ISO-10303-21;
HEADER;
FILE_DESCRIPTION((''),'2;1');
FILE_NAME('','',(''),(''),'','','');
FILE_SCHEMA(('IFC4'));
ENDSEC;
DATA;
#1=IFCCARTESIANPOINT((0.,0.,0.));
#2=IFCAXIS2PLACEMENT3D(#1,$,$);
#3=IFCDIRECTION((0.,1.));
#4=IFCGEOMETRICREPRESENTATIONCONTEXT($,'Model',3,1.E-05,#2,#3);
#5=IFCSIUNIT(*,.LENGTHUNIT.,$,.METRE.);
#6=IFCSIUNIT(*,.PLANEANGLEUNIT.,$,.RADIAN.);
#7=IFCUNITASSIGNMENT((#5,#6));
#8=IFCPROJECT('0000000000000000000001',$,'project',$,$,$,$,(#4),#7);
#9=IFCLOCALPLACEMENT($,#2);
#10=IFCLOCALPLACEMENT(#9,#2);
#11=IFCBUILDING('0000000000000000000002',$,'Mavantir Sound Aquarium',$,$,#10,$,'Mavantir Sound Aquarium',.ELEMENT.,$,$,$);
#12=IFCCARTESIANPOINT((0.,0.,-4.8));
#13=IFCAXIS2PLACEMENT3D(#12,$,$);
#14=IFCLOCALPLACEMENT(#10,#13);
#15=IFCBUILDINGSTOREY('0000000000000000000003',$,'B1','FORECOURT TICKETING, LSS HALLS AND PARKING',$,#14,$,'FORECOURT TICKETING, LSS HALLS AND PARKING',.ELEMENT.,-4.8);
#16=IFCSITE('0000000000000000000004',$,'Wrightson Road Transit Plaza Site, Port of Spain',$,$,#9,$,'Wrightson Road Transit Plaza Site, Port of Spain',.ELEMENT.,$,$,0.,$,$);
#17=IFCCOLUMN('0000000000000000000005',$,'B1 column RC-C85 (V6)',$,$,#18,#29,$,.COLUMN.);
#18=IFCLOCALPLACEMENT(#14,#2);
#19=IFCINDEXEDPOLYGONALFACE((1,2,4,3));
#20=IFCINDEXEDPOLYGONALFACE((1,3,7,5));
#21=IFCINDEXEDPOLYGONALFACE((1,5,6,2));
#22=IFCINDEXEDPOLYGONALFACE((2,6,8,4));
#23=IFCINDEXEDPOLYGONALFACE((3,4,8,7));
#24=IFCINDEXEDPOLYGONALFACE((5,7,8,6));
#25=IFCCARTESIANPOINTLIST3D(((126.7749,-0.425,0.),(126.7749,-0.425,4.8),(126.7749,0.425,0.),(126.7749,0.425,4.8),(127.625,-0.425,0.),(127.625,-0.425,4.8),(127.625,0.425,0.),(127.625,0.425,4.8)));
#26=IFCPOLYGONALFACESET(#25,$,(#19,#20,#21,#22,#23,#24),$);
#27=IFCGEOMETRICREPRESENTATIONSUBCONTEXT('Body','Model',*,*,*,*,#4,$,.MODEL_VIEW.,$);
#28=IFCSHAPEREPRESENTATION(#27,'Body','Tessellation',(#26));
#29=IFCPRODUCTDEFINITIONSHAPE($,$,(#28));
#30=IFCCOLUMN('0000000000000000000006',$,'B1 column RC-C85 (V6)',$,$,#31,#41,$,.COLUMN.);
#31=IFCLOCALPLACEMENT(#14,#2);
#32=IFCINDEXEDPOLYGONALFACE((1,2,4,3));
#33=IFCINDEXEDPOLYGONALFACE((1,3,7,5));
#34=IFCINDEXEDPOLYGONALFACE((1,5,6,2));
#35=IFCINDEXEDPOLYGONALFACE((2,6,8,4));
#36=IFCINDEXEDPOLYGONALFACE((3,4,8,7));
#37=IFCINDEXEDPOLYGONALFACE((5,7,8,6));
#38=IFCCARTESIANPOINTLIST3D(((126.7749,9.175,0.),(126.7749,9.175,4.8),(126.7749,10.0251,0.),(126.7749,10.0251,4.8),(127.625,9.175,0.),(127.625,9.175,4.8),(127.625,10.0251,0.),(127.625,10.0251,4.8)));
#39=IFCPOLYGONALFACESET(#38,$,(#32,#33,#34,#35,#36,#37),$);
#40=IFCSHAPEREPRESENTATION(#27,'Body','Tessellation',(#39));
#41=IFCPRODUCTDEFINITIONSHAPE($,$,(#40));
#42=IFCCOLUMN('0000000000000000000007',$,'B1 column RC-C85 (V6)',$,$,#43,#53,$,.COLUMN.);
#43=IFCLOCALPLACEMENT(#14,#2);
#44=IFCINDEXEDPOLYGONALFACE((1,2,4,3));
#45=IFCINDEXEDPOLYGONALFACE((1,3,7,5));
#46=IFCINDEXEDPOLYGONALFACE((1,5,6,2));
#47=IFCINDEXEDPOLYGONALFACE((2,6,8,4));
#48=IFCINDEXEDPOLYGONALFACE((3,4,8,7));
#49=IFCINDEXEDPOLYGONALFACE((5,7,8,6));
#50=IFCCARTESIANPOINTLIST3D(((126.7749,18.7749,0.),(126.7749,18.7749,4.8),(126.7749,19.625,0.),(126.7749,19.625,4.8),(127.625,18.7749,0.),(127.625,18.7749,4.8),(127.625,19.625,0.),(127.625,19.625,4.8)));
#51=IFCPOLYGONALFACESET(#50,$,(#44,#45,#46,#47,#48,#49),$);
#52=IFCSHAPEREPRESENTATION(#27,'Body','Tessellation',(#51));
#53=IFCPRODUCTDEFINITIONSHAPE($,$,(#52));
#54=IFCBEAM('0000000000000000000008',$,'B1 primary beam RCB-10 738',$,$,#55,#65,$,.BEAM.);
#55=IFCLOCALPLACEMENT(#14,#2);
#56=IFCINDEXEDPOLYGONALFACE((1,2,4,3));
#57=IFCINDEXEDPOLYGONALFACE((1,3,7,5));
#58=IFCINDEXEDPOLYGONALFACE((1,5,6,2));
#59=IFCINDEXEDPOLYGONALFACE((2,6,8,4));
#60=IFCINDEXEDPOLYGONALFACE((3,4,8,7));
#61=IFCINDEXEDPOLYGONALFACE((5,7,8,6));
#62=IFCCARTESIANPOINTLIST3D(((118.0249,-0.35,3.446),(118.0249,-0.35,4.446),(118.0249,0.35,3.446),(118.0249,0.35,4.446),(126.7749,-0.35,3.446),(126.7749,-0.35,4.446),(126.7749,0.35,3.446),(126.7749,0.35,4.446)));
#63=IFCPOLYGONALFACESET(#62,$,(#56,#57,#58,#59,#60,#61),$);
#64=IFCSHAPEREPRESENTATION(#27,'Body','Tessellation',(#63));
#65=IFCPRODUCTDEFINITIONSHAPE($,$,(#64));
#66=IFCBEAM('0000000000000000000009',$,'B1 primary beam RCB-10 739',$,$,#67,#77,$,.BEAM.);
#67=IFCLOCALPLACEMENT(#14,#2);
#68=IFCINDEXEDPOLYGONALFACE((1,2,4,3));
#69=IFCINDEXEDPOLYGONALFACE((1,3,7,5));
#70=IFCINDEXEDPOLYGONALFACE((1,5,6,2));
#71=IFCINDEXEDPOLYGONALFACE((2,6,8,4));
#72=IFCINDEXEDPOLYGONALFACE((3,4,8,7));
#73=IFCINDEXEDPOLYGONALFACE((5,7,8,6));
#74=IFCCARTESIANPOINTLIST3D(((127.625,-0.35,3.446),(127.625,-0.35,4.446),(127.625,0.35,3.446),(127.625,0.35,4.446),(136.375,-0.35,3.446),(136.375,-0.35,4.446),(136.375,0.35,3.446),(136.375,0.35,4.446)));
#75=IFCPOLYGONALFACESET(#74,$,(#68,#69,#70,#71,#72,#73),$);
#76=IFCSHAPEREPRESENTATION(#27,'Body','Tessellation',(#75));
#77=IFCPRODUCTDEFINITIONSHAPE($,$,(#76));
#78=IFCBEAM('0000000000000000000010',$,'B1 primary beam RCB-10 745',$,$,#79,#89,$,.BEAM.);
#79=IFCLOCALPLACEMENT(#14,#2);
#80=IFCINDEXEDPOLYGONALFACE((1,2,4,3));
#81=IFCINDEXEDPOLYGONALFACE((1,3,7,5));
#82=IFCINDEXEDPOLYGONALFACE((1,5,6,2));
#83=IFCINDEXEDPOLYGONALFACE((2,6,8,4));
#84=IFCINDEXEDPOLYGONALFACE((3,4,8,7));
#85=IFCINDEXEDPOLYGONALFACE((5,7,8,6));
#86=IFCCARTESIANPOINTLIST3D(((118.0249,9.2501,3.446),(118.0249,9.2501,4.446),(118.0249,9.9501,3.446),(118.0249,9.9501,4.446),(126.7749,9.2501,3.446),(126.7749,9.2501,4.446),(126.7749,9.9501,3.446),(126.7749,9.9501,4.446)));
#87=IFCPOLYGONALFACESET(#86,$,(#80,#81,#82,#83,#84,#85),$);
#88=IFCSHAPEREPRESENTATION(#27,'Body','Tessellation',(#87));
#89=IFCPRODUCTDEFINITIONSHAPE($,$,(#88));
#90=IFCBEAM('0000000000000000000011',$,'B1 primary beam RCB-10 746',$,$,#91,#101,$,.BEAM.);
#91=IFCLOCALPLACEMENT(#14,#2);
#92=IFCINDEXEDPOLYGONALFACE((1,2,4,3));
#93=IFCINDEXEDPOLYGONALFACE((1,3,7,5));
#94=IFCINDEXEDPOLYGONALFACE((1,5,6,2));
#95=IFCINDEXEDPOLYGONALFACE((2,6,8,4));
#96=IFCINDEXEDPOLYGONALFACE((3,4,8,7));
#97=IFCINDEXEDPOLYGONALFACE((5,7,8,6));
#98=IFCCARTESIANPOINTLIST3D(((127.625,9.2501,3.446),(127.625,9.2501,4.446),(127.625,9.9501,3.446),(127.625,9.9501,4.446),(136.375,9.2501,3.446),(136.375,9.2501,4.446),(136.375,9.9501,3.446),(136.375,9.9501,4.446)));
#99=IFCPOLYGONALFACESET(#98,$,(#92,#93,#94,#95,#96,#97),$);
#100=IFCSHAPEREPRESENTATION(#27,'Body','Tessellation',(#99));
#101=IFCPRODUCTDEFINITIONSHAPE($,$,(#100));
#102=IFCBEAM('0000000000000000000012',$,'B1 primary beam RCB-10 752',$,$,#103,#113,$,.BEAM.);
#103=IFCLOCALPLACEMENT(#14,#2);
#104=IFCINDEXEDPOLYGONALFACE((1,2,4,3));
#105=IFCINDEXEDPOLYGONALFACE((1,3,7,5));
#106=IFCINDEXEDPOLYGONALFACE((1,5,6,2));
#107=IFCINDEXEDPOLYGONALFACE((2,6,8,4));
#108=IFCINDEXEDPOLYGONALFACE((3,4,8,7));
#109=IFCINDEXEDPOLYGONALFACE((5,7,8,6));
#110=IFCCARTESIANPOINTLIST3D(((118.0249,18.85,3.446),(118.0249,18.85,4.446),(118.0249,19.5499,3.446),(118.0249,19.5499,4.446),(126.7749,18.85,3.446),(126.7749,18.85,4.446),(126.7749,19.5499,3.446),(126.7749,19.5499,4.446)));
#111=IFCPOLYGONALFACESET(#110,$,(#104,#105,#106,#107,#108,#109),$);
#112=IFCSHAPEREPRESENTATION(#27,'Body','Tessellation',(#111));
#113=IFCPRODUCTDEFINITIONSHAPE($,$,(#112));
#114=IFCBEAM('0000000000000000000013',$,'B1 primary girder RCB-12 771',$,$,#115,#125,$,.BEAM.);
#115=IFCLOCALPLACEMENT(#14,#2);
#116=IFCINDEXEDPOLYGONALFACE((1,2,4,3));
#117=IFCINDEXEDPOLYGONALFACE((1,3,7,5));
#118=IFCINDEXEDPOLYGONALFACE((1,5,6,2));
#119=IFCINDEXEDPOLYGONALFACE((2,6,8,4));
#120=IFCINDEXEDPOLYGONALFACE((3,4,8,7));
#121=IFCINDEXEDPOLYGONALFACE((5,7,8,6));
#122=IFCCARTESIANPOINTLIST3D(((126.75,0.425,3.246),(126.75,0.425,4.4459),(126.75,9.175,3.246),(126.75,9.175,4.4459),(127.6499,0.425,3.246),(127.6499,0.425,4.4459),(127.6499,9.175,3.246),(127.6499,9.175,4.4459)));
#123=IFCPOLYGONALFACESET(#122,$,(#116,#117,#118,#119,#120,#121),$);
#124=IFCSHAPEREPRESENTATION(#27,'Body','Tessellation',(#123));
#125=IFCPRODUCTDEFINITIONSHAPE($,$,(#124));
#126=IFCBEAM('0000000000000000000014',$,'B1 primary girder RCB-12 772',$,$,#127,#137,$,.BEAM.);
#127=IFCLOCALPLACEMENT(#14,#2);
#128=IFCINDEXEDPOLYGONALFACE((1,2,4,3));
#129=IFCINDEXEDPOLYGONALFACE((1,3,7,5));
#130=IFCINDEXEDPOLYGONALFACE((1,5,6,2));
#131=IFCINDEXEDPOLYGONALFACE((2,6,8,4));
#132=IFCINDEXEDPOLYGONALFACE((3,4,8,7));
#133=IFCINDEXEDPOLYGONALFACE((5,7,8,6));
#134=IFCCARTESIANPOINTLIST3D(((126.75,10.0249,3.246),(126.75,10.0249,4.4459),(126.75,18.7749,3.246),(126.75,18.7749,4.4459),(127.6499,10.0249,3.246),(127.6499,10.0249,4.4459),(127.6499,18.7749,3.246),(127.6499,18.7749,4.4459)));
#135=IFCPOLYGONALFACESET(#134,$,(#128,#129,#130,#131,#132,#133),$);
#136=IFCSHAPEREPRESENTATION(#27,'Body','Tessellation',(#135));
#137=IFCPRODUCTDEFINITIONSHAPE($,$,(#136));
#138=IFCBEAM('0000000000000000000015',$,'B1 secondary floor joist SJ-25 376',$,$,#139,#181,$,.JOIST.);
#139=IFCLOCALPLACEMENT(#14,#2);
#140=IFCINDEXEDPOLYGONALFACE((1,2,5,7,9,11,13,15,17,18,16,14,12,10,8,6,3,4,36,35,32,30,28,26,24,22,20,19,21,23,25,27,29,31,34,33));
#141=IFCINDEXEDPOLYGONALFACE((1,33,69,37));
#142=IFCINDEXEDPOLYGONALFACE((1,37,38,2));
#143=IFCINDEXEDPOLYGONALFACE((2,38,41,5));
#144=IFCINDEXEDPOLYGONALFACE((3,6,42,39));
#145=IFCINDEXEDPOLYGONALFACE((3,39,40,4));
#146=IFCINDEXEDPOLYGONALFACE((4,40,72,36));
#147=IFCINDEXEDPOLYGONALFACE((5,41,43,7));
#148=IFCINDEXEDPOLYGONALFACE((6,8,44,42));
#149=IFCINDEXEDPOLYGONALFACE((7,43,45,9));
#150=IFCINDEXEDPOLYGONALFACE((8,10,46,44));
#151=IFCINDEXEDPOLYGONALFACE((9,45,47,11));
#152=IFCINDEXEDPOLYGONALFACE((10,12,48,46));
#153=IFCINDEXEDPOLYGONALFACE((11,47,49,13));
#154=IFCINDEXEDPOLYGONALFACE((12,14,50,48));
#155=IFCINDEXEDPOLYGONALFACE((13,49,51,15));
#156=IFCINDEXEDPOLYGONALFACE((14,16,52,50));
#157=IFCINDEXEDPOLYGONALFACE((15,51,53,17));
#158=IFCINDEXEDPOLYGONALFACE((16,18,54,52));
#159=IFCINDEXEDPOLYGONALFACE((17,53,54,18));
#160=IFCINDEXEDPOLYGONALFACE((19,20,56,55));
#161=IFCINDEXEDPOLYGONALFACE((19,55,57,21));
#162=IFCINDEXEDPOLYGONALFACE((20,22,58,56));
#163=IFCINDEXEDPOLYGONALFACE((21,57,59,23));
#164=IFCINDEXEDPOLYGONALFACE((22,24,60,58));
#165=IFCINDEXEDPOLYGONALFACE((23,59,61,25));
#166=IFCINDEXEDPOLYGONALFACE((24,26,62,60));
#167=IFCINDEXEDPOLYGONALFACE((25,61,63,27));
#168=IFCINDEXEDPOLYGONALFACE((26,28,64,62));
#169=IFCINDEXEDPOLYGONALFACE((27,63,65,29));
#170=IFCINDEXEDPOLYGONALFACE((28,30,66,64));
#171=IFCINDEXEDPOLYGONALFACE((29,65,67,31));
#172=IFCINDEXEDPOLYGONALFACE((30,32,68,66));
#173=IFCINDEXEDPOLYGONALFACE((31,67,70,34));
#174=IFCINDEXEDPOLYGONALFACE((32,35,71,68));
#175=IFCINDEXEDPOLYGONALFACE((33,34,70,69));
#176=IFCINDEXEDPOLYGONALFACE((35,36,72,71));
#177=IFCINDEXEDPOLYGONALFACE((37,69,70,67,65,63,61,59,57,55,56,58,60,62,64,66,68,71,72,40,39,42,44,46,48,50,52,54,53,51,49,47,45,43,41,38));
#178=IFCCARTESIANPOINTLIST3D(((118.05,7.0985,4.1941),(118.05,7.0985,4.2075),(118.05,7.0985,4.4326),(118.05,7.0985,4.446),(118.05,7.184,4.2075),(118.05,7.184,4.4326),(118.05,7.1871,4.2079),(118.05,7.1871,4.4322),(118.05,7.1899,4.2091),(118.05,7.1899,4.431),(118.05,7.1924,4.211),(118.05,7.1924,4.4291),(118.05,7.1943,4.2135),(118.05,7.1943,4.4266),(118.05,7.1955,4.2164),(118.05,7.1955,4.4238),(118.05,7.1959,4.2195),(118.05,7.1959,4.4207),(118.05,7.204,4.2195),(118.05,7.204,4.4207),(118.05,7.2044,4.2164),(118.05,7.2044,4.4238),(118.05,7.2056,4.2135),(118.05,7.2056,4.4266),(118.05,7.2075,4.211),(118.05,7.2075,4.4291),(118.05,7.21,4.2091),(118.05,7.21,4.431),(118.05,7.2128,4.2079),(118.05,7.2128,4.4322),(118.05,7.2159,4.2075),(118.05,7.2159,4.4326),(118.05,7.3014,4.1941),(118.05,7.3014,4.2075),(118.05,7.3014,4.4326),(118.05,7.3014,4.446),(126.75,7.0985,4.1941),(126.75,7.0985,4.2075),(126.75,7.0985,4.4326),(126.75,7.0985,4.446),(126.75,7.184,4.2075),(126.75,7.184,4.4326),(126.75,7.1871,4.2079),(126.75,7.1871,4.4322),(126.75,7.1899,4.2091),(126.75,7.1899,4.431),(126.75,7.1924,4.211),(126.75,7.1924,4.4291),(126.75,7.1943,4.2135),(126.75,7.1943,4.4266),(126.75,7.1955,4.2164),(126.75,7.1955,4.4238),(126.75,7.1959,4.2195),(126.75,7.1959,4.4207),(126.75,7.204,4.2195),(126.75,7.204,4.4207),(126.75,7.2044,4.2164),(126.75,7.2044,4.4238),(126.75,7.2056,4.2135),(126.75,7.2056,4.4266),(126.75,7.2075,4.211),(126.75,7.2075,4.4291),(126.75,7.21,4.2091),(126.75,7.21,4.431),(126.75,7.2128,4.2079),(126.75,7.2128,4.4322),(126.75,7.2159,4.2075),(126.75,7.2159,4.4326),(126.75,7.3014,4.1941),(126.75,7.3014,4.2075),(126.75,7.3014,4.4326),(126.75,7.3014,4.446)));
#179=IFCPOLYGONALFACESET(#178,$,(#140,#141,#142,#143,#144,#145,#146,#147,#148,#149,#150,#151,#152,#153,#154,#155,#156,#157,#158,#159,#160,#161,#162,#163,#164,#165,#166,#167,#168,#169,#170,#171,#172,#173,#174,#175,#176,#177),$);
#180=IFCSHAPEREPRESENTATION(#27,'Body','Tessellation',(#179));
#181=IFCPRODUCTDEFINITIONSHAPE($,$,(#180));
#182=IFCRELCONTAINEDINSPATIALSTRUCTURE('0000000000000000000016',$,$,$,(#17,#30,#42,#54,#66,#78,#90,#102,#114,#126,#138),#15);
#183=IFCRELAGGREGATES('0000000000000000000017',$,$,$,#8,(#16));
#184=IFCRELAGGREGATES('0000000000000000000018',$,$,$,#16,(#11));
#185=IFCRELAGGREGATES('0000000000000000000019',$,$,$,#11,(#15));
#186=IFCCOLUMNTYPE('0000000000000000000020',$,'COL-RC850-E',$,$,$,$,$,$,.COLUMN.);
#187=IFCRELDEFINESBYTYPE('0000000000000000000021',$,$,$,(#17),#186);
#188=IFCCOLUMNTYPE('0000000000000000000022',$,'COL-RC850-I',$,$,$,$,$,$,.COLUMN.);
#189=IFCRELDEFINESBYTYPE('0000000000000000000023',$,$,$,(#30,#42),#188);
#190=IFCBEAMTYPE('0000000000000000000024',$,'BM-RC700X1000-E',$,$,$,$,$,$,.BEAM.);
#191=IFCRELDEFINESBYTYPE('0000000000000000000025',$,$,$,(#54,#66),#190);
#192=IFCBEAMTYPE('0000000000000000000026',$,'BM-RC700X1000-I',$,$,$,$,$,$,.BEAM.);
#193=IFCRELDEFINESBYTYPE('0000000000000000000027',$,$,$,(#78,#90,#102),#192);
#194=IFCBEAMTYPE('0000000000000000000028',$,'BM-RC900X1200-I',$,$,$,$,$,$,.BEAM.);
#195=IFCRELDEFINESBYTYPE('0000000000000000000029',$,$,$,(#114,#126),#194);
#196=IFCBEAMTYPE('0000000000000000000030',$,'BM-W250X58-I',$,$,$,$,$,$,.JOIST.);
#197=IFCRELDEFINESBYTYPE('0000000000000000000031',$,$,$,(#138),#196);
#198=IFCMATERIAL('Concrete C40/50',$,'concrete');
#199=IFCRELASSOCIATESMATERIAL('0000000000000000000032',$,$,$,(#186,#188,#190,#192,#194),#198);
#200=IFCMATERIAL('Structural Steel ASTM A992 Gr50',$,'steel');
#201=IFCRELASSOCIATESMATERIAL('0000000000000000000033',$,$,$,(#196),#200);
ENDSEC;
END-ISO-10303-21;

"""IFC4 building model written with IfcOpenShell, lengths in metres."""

from ifc_helpers import new_model, si_unit, direction, frame, origin, origin_2d, place, context, subcontext, project, spatial, rectangle, i_section, extrude, material, material_profile, profile_set, type_object, element, save


model = new_model("IFC4")

# Units and contexts
model_context = context("Model", 3, precision=1e-05, world=origin(), true_north=direction((0.0, 1.0)))
body_context = subcontext(model_context, "Body", "Model", "MODEL_VIEW")
ifc_project = project(units=[si_unit("LENGTHUNIT", "METRE"), si_unit("PLANEANGLEUNIT", "RADIAN")], contexts=[model_context])

# Site, building, storey
site_placement = place(None, origin())
site = spatial("IfcSite", under=ifc_project, at=site_placement, Name="Wrightson Road Transit Plaza Site, Port of Spain", LongName="Wrightson Road Transit Plaza Site, Port of Spain", CompositionType="ELEMENT", RefElevation=0.0)
building_placement = place(site_placement, origin())
building = spatial("IfcBuilding", under=site, at=building_placement, Name="Mavantir Sound Aquarium", LongName="Mavantir Sound Aquarium", CompositionType="ELEMENT")
storey_placement = place(building_placement, frame((0.0, 0.0, -4.8)))
storey = spatial("IfcBuildingStorey", under=building, at=storey_placement, Name="B1", Description="FORECOURT TICKETING, LSS HALLS AND PARKING", LongName="FORECOURT TICKETING, LSS HALLS AND PARKING", CompositionType="ELEMENT", Elevation=-4.8)

# Columns
ifc_material_1 = material(Name="Concrete C40/50", Category="concrete")
ifc_material_profile_1 = material_profile(ifc_material_1, rectangle(XDim=0.8501, YDim=0.8501, at=origin_2d()), Name="RC 850X850")
ifc_profile_set_1 = profile_set([ifc_material_profile_1], Name="Concrete C40/50")
column_type_1 = type_object("IfcColumnType", Name="COL-RC850-E", PredefinedType="COLUMN", material=ifc_profile_set_1)
column_placement = place(storey_placement, frame((127.2, 0.0, 0.0), z_axis=(0.0, 0.0, 1.0), x_axis=(1.0, 0.0, 0.0)))
element("IfcColumn", 1, at=column_placement, inside=storey, type_object=column_type_1, Name="B1 column RC-C85 (V6)", PredefinedType="COLUMN", context=body_context, shape_type="SweptSolid", body=[
    extrude(rectangle(XDim=0.8501, YDim=0.8501, at=origin_2d()), origin(), (0.0, 0.0, 1.0), 4.8),
])
ifc_material_profile_2 = material_profile(ifc_material_1, rectangle(XDim=0.8501, YDim=0.8501, at=origin_2d()), Name="RC 850X850")
ifc_profile_set_2 = profile_set([ifc_material_profile_2], Name="Concrete C40/50")
column_type_2 = type_object("IfcColumnType", Name="COL-RC850-I", PredefinedType="COLUMN", material=ifc_profile_set_2)
for number, where, z_axis, x_axis, name in (
    (2, (127.2, 9.6001, 0.0), (0.0, 0.0, 1.0), (1.0, 0.0, 0.0), "B1 column RC-C85 (V6)"),
    (3, (127.2, 19.2, 0.0), (0.0, 0.0, 1.0), (1.0, 0.0, 0.0), "B1 column RC-C85 (V6)"),
):
    element("IfcColumn", number, at=place(storey_placement, frame(where, z_axis=z_axis, x_axis=x_axis)), inside=storey, type_object=column_type_2, Name=name, PredefinedType="COLUMN", context=body_context, shape_type="SweptSolid", body=[
        extrude(rectangle(XDim=0.8501, YDim=0.8501, at=origin_2d()), origin(), (0.0, 0.0, 1.0), 4.8),
    ])

# Beams
ifc_material_profile_3 = material_profile(ifc_material_1, rectangle(XDim=0.7, YDim=1.0, at=origin_2d()), Name="RC 700X1000")
ifc_profile_set_3 = profile_set([ifc_material_profile_3], Name="Concrete C40/50")
beam_type_1 = type_object("IfcBeamType", Name="BM-RC700X1000-E", PredefinedType="BEAM", material=ifc_profile_set_3)
for number, where, z_axis, x_axis, name in (
    (4, (118.0249, 0.0, 3.946), (1.0, 0.0, 0.0), (0.0, 1.0, 0.0), "B1 primary beam RCB-10 738"),
    (5, (127.625, 0.0, 3.946), (1.0, 0.0, 0.0), (0.0, 1.0, 0.0), "B1 primary beam RCB-10 739"),
):
    element("IfcBeam", number, at=place(storey_placement, frame(where, z_axis=z_axis, x_axis=x_axis)), inside=storey, type_object=beam_type_1, Name=name, PredefinedType="BEAM", context=body_context, shape_type="SweptSolid", body=[
        extrude(rectangle(XDim=0.7, YDim=1.0, at=origin_2d()), origin(), (0.0, 0.0, 1.0), 8.75),
    ])
ifc_material_profile_4 = material_profile(ifc_material_1, rectangle(XDim=0.7, YDim=1.0, at=origin_2d()), Name="RC 700X1000")
ifc_profile_set_4 = profile_set([ifc_material_profile_4], Name="Concrete C40/50")
beam_type_2 = type_object("IfcBeamType", Name="BM-RC700X1000-I", PredefinedType="BEAM", material=ifc_profile_set_4)
for number, where, z_axis, x_axis, name in (
    (6, (118.0249, 9.6001, 3.946), (1.0, 0.0, 0.0), (0.0, 1.0, 0.0), "B1 primary beam RCB-10 745"),
    (7, (127.625, 9.6001, 3.946), (1.0, 0.0, 0.0), (0.0, 1.0, 0.0), "B1 primary beam RCB-10 746"),
    (8, (118.0249, 19.2, 3.946), (1.0, 0.0, 0.0), (0.0, 1.0, 0.0), "B1 primary beam RCB-10 752"),
):
    element("IfcBeam", number, at=place(storey_placement, frame(where, z_axis=z_axis, x_axis=x_axis)), inside=storey, type_object=beam_type_2, Name=name, PredefinedType="BEAM", context=body_context, shape_type="SweptSolid", body=[
        extrude(rectangle(XDim=0.7, YDim=1.0, at=origin_2d()), origin(), (0.0, 0.0, 1.0), 8.75),
    ])
ifc_material_profile_5 = material_profile(ifc_material_1, rectangle(XDim=0.8999, YDim=1.2, at=origin_2d()), Name="RC 900X1200")
ifc_profile_set_5 = profile_set([ifc_material_profile_5], Name="Concrete C40/50")
beam_type_3 = type_object("IfcBeamType", Name="BM-RC900X1200-I", PredefinedType="BEAM", material=ifc_profile_set_5)
for number, where, z_axis, x_axis, name in (
    (9, (127.2, 0.425, 3.8459), (0.0, 1.0, 0.0), (-1.0, 0.0, 0.0), "B1 primary girder RCB-12 771"),
    (10, (127.2, 10.0249, 3.8459), (0.0, 1.0, 0.0), (-1.0, 0.0, 0.0), "B1 primary girder RCB-12 772"),
):
    element("IfcBeam", number, at=place(storey_placement, frame(where, z_axis=z_axis, x_axis=x_axis)), inside=storey, type_object=beam_type_3, Name=name, PredefinedType="BEAM", context=body_context, shape_type="SweptSolid", body=[
        extrude(rectangle(XDim=0.8999, YDim=1.2, at=origin_2d()), origin(), (0.0, 0.0, 1.0), 8.75),
    ])
ifc_material_2 = material(Name="Structural Steel ASTM A992 Gr50", Category="steel")
ifc_material_profile_6 = material_profile(ifc_material_2, i_section(OverallWidth=0.2029, OverallDepth=0.252, WebThickness=0.0081, FlangeThickness=0.0134, FilletRadius=0.012, at=origin_2d()), Name="W250X58")
ifc_profile_set_6 = profile_set([ifc_material_profile_6], Name="Structural Steel ASTM A992 Gr50")
beam_type_4 = type_object("IfcBeamType", Name="BM-W250X58-I", PredefinedType="JOIST", material=ifc_profile_set_6)
for number, where, z_axis, x_axis, name in (
    (11, (118.05, 7.2, 4.3201), (1.0, 0.0, 0.0), (0.0, 1.0, 0.0), "B1 secondary floor joist SJ-25 376"),
):
    element("IfcBeam", number, at=place(storey_placement, frame(where, z_axis=z_axis, x_axis=x_axis)), inside=storey, type_object=beam_type_4, Name=name, PredefinedType="JOIST", context=body_context, shape_type="SweptSolid", body=[
        extrude(i_section(OverallWidth=0.2029, OverallDepth=0.252, WebThickness=0.0081, FlangeThickness=0.0134, FilletRadius=0.012, at=origin_2d()), origin(), (0.0, 0.0, 1.0), 8.7),
    ])

save(model, "model.ifc")
